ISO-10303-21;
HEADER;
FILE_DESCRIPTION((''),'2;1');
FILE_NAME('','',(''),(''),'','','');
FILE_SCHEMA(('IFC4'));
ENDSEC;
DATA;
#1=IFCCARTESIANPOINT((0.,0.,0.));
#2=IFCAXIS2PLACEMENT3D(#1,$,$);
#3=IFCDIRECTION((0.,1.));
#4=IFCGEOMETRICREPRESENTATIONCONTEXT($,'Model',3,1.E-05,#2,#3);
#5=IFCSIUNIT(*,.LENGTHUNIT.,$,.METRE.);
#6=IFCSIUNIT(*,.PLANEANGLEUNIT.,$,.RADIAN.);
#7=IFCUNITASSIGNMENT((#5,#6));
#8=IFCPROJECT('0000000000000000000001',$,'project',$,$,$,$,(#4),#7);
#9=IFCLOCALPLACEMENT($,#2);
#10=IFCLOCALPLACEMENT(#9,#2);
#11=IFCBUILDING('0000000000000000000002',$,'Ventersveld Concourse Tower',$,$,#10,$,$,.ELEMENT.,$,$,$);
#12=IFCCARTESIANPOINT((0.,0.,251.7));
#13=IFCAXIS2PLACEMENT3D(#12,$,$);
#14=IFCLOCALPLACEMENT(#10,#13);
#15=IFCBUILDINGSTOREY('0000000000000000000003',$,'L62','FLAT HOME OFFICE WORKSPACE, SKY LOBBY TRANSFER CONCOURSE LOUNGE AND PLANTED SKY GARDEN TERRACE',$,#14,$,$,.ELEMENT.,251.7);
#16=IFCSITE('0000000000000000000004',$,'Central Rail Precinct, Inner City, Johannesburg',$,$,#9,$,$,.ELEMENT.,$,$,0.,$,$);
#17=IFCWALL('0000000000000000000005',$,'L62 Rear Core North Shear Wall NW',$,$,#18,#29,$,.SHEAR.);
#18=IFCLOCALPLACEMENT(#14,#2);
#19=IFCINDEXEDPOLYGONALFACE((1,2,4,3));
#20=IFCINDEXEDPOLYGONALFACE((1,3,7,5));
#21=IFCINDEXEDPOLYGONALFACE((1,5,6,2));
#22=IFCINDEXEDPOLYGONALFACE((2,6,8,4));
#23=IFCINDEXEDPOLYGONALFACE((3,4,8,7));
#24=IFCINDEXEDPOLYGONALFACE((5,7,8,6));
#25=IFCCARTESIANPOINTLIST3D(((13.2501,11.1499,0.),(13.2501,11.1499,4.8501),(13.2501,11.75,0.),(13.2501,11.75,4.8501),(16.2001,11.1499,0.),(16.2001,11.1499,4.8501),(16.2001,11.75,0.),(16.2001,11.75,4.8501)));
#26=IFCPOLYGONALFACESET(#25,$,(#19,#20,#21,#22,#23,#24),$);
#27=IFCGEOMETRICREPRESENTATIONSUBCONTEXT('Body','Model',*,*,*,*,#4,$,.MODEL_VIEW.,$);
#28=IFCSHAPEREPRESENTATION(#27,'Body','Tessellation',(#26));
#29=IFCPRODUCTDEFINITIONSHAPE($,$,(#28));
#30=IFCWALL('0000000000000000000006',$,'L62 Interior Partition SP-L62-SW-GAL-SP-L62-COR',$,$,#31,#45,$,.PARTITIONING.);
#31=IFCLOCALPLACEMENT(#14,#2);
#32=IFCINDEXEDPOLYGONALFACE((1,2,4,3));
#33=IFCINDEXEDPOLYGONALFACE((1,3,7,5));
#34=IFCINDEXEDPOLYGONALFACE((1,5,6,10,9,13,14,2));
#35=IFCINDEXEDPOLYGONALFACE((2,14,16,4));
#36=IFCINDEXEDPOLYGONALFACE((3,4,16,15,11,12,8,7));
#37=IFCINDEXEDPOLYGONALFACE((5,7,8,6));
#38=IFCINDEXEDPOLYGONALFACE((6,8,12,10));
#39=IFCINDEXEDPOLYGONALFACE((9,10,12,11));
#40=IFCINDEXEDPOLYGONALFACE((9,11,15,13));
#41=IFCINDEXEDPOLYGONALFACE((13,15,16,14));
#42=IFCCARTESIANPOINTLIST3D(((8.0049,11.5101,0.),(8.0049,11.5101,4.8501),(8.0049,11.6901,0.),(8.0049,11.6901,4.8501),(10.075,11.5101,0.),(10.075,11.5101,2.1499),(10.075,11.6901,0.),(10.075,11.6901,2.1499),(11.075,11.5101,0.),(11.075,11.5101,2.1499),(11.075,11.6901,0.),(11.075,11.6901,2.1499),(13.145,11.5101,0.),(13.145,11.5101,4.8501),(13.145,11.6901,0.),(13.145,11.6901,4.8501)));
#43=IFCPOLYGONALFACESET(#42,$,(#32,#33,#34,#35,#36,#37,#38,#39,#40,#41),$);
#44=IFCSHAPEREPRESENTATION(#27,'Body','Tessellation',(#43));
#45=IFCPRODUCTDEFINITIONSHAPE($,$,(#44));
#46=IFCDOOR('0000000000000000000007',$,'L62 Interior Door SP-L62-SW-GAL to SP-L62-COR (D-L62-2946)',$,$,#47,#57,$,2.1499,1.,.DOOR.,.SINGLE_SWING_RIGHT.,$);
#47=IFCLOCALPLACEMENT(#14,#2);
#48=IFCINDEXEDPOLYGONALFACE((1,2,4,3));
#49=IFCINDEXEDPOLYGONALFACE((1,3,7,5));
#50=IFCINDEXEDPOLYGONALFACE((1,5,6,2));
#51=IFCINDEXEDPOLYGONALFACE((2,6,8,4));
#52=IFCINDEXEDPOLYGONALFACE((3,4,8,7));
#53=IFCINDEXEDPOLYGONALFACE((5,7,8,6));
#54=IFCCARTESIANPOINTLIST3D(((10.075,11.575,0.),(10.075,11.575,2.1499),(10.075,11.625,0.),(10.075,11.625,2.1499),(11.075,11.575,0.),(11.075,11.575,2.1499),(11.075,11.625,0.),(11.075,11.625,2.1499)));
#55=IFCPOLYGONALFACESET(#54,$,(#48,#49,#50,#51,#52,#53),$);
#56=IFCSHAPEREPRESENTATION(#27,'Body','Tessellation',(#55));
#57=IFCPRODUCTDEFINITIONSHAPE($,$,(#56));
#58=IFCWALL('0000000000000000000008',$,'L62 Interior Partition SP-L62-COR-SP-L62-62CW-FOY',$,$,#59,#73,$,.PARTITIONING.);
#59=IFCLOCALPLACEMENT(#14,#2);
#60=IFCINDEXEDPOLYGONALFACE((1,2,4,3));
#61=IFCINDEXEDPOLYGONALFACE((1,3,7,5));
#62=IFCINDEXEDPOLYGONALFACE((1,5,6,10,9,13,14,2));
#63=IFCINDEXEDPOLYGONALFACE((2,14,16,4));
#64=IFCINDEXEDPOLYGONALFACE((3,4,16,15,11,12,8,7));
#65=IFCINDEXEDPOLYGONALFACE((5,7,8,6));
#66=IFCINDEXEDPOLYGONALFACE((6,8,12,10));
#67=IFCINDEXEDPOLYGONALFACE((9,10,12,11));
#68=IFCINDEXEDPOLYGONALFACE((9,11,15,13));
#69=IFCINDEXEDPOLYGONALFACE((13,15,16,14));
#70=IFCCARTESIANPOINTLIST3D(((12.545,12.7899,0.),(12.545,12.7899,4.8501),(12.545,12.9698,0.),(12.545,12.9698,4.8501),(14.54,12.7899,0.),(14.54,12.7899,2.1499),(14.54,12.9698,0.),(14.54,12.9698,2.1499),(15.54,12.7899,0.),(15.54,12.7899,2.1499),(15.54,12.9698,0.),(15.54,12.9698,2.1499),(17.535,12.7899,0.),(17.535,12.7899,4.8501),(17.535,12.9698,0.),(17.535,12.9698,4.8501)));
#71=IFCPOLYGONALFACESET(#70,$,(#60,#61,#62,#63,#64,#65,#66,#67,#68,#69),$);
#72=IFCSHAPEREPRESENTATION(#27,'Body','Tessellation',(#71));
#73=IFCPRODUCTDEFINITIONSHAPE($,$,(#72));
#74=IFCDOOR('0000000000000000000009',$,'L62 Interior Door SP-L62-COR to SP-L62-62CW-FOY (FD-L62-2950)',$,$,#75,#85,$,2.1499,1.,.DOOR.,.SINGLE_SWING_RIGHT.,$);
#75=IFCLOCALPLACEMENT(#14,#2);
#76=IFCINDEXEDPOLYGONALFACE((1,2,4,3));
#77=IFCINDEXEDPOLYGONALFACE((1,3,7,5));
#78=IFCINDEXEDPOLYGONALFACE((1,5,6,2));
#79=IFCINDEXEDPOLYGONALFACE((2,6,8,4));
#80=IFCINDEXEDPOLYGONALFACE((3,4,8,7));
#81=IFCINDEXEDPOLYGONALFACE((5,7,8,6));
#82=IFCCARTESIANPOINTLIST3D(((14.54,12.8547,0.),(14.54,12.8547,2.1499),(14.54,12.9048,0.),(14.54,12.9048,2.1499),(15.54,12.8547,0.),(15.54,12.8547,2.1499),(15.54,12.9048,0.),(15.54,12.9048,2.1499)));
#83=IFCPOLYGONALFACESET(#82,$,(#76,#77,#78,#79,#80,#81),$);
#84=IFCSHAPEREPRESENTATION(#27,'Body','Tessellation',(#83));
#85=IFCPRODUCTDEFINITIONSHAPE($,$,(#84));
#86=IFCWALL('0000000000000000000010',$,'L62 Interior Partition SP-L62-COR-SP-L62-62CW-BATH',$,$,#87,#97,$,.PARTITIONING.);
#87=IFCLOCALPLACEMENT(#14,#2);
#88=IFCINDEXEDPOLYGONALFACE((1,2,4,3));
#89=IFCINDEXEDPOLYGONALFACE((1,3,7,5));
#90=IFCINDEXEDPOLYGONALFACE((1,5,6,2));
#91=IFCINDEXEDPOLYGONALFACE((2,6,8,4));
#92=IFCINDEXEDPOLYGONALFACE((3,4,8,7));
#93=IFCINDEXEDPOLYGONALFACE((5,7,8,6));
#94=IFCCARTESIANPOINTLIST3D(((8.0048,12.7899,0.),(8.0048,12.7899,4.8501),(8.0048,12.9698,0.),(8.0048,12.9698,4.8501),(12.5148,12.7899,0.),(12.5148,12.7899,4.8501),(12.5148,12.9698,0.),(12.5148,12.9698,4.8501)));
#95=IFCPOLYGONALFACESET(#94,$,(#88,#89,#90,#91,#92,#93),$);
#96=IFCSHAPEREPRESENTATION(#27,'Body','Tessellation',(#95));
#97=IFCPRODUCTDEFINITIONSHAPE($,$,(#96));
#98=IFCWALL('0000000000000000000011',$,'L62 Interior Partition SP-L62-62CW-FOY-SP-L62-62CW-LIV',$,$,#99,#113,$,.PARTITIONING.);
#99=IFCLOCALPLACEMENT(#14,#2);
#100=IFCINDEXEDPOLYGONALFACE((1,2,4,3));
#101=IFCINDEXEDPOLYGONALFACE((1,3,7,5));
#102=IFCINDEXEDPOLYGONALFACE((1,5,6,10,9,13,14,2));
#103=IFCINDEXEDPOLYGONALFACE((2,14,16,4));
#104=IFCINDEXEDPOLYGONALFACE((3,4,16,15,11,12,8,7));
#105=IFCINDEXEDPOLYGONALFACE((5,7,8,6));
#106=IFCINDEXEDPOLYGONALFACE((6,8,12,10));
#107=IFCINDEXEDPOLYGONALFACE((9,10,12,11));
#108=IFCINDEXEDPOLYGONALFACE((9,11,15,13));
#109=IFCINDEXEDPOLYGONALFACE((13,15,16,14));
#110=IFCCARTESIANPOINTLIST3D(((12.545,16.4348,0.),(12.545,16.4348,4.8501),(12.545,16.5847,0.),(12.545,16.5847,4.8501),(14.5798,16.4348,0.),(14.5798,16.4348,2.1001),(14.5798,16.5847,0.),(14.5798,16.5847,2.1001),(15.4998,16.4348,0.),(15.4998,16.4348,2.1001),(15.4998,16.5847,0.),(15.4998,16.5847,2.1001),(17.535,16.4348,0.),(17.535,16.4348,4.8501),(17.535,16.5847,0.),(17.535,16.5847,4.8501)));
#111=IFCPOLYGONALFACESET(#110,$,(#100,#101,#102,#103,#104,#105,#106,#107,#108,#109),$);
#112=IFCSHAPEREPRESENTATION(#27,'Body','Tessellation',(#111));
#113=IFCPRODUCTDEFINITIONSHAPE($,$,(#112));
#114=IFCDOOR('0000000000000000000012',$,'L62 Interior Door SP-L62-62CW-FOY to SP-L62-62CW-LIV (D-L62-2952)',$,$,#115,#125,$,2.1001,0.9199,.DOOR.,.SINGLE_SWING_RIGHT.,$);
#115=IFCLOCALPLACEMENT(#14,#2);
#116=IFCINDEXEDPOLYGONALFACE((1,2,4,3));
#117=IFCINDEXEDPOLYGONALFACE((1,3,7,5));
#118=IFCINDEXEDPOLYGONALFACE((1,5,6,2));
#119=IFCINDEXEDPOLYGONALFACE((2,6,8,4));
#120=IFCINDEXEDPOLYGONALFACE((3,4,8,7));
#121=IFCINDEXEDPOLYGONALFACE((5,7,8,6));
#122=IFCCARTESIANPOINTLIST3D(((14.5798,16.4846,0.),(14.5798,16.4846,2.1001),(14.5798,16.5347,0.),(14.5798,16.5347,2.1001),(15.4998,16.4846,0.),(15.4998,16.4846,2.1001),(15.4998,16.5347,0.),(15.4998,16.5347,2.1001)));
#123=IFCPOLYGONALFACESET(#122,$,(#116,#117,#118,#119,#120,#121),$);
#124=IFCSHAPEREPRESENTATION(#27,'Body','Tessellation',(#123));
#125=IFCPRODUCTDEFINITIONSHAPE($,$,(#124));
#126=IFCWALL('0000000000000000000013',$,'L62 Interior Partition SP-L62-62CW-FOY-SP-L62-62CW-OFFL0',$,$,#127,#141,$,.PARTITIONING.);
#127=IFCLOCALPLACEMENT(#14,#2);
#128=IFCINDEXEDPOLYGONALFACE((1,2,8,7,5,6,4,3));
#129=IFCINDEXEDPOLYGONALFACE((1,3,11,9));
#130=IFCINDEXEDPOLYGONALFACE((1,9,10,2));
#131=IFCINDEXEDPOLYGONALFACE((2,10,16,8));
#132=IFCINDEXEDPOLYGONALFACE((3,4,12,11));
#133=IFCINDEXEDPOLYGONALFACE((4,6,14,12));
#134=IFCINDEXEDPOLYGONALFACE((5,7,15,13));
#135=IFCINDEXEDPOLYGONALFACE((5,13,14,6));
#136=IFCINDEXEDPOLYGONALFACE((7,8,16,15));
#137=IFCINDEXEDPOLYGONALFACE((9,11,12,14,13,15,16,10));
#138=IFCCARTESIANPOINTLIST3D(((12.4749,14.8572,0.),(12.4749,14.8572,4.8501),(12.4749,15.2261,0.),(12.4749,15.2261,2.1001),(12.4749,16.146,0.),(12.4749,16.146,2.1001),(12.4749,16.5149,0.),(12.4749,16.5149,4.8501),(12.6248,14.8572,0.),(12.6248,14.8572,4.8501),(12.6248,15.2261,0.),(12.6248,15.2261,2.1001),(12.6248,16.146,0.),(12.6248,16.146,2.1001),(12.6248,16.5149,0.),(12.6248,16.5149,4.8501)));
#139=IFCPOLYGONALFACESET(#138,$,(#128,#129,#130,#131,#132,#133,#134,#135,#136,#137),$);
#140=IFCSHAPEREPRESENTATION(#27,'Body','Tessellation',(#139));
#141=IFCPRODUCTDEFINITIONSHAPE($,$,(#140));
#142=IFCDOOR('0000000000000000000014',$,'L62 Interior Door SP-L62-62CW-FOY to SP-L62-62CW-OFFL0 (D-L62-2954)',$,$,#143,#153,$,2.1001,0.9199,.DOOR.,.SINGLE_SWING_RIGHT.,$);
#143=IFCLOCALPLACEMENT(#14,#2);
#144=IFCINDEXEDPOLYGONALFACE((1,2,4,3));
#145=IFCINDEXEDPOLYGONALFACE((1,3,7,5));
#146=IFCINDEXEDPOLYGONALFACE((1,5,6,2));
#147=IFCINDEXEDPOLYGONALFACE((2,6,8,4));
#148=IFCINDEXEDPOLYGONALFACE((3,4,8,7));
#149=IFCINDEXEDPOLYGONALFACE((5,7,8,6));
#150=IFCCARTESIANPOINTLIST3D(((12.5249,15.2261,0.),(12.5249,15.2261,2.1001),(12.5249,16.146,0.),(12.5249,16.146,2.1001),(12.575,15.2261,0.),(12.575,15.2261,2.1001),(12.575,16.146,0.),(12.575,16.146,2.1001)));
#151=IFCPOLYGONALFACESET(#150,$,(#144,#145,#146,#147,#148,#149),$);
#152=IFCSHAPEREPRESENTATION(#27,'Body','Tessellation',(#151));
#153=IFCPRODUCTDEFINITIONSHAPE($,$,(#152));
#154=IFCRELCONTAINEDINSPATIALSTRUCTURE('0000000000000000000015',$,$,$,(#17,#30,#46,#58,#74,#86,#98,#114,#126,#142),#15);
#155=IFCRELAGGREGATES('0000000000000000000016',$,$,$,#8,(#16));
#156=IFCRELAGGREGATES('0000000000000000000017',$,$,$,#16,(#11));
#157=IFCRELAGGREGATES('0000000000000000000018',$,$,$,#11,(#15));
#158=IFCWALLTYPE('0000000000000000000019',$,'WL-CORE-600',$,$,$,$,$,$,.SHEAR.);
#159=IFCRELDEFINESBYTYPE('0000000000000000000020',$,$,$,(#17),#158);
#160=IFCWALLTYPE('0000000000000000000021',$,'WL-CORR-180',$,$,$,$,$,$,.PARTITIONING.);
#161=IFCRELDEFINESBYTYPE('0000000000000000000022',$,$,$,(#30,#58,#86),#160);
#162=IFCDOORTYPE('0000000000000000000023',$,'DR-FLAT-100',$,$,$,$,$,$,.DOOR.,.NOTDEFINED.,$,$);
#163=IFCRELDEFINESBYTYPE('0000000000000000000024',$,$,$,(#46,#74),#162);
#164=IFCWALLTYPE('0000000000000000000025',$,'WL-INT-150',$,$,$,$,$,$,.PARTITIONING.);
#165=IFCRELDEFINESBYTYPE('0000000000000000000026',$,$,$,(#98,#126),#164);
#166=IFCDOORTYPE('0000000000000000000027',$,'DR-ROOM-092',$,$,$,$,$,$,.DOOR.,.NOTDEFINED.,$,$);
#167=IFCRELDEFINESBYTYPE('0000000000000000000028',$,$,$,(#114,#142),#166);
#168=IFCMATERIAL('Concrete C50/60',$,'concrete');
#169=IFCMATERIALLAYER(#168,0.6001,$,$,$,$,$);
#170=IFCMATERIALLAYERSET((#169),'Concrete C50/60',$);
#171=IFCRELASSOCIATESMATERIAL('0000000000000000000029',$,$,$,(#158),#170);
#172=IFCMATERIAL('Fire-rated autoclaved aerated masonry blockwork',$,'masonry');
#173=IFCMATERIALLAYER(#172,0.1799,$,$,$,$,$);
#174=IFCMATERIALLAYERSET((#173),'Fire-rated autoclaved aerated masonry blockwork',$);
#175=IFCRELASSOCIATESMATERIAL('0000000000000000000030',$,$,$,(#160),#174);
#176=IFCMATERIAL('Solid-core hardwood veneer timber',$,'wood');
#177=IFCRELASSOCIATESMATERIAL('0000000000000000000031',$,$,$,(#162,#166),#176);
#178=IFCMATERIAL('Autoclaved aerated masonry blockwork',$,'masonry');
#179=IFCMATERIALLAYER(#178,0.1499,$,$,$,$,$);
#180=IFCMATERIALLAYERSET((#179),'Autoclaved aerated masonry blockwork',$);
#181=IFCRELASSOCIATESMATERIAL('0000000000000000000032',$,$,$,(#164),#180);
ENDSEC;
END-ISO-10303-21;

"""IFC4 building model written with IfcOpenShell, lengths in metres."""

from ifc_helpers import new_model, si_unit, direction, frame, frame_2d, origin, place, context, subcontext, project, spatial, rectangle, extrude, material, layer, layer_set, type_object, element, fill, save


model = new_model("IFC4")

# Units and contexts
model_context = context("Model", 3, precision=1e-05, world=origin(), true_north=direction((0.0, 1.0)))
body_context = subcontext(model_context, "Body", "Model", "MODEL_VIEW")
ifc_project = project(units=[si_unit("LENGTHUNIT", "METRE"), si_unit("PLANEANGLEUNIT", "RADIAN")], contexts=[model_context])

# Site, building, storey
site_placement = place(None, origin())
site = spatial("IfcSite", under=ifc_project, at=site_placement, Name="Central Rail Precinct, Inner City, Johannesburg", CompositionType="ELEMENT", RefElevation=0.0)
building_placement = place(site_placement, origin())
building = spatial("IfcBuilding", under=site, at=building_placement, Name="Ventersveld Concourse Tower", CompositionType="ELEMENT")
storey_placement = place(building_placement, frame((0.0, 0.0, 251.7)))
storey = spatial("IfcBuildingStorey", under=building, at=storey_placement, Name="L62", Description="FLAT HOME OFFICE WORKSPACE, SKY LOBBY TRANSFER CONCOURSE LOUNGE AND PLANTED SKY GARDEN TERRACE", CompositionType="ELEMENT", Elevation=251.7)

# Shared definitions
ifc_material_1 = material(Name="Concrete C50/60", Category="concrete")

# Wall
ifc_layer_1 = layer(ifc_material_1, 0.6001)
ifc_layer_set_1 = layer_set([ifc_layer_1], Name="Concrete C50/60")
wall_type_1 = type_object("IfcWallType", Name="WL-CORE-600", PredefinedType="SHEAR", material=ifc_layer_set_1)
wall_1_placement = place(storey_placement, frame((13.25, 11.45, 0.0), z_axis=(0.0, 0.0, 1.0), x_axis=(1.0, 0.0, 0.0)))
element("IfcWall", 1, at=wall_1_placement, inside=storey, type_object=wall_type_1, Name="L62 Rear Core North Shear Wall NW", PredefinedType="SHEAR", context=body_context, shape_type="SweptSolid", body=[
    extrude(rectangle(XDim=2.95, YDim=0.6001, at=frame_2d((1.4751, 0.0))), origin(), (0.0, 0.0, 1.0), 4.8501),
])

# Walls, openings, doors
ifc_material_2 = material(Name="Fire-rated autoclaved aerated masonry blockwork", Category="masonry")
ifc_layer_2 = layer(ifc_material_2, 0.1799)
ifc_layer_set_2 = layer_set([ifc_layer_2], Name="Fire-rated autoclaved aerated masonry blockwork")
wall_type_2 = type_object("IfcWallType", Name="WL-CORR-180", PredefinedType="PARTITIONING", material=ifc_layer_set_2)
wall_2_placement = place(storey_placement, frame((8.0049, 11.6001, 0.0), z_axis=(0.0, 0.0, 1.0), x_axis=(1.0, 0.0, 0.0)))
wall_2 = element("IfcWall", 2, at=wall_2_placement, inside=storey, type_object=wall_type_2, Name="L62 Interior Partition SP-L62-SW-GAL-SP-L62-COR", PredefinedType="PARTITIONING", context=body_context, shape_type="SweptSolid", body=[
    extrude(rectangle(XDim=5.1401, YDim=0.1799, at=frame_2d((2.5701, 0.0))), origin(), (0.0, 0.0, 1.0), 4.8501),
])
opening_1_placement = place(wall_2_placement, frame((2.0701, 0.0, 0.0)))
opening_1 = element("IfcOpeningElement", 3, at=opening_1_placement, cuts=wall_2, PredefinedType="OPENING", context=body_context, shape_type="SweptSolid", body=[
    extrude(rectangle(XDim=1.0, YDim=2.1499, at=frame_2d((0.5, 1.075))), frame((0.0, 0.1001, 0.0), z_axis=(0.0, -1.0, 0.0), x_axis=(1.0, 0.0, 0.0)), (0.0, 0.0, 1.0), 0.2),
])
ifc_material_3 = material(Name="Solid-core hardwood veneer timber", Category="wood")
door_type_1 = type_object("IfcDoorType", Name="DR-FLAT-100", OperationType="NOTDEFINED", PredefinedType="DOOR", material=ifc_material_3)
door_1_placement = place(opening_1_placement, origin())
door_1 = element("IfcDoor", 4, at=door_1_placement, inside=storey, type_object=door_type_1, Name="L62 Interior Door SP-L62-SW-GAL to SP-L62-COR (D-L62-2946)", OperationType="SINGLE_SWING_RIGHT", OverallHeight=2.1499, OverallWidth=1.0, PredefinedType="DOOR", context=body_context, shape_type="SweptSolid", body=[
    extrude(rectangle(XDim=1.0, YDim=2.1499, at=frame_2d((0.5, 1.075))), frame((0.0, 0.0249, 0.0), z_axis=(0.0, -1.0, 0.0), x_axis=(1.0, 0.0, 0.0)), (0.0, 0.0, 1.0), 0.05),
])
fill(opening_1, door_1)
wall_3_placement = place(storey_placement, frame((12.5449, 12.8799, 0.0), z_axis=(0.0, 0.0, 1.0), x_axis=(1.0, 0.0, 0.0)))
wall_3 = element("IfcWall", 5, at=wall_3_placement, inside=storey, type_object=wall_type_2, Name="L62 Interior Partition SP-L62-COR-SP-L62-62CW-FOY", PredefinedType="PARTITIONING", context=body_context, shape_type="SweptSolid", body=[
    extrude(rectangle(XDim=4.99, YDim=0.1799, at=frame_2d((2.4951, 0.0))), origin(), (0.0, 0.0, 1.0), 4.8501),
])
opening_2_placement = place(wall_3_placement, frame((1.9951, 0.0, 0.0)))
opening_2 = element("IfcOpeningElement", 6, at=opening_2_placement, cuts=wall_3, PredefinedType="OPENING", context=body_context, shape_type="SweptSolid", body=[
    extrude(rectangle(XDim=1.0, YDim=2.1499, at=frame_2d((0.5, 1.075))), frame((0.0, 0.1001, 0.0), z_axis=(0.0, -1.0, 0.0), x_axis=(1.0, 0.0, 0.0)), (0.0, 0.0, 1.0), 0.2),
])
door_2_placement = place(opening_2_placement, origin())
door_2 = element("IfcDoor", 7, at=door_2_placement, inside=storey, type_object=door_type_1, Name="L62 Interior Door SP-L62-COR to SP-L62-62CW-FOY (FD-L62-2950)", OperationType="SINGLE_SWING_RIGHT", OverallHeight=2.1499, OverallWidth=1.0, PredefinedType="DOOR", context=body_context, shape_type="SweptSolid", body=[
    extrude(rectangle(XDim=1.0, YDim=2.1499, at=frame_2d((0.5, 1.075))), frame((0.0, 0.0249, 0.0), z_axis=(0.0, -1.0, 0.0), x_axis=(1.0, 0.0, 0.0)), (0.0, 0.0, 1.0), 0.05),
])
fill(opening_2, door_2)

# Wall
wall_4_placement = place(storey_placement, frame((8.0049, 12.8799, 0.0), z_axis=(0.0, 0.0, 1.0), x_axis=(1.0, 0.0, 0.0)))
element("IfcWall", 8, at=wall_4_placement, inside=storey, type_object=wall_type_2, Name="L62 Interior Partition SP-L62-COR-SP-L62-62CW-BATH", PredefinedType="PARTITIONING", context=body_context, shape_type="SweptSolid", body=[
    extrude(rectangle(XDim=4.51, YDim=0.1799, at=frame_2d((2.2549, 0.0))), origin(), (0.0, 0.0, 1.0), 4.8501),
])

# Walls, openings, doors
ifc_material_4 = material(Name="Autoclaved aerated masonry blockwork", Category="masonry")
ifc_layer_3 = layer(ifc_material_4, 0.1499)
ifc_layer_set_3 = layer_set([ifc_layer_3], Name="Autoclaved aerated masonry blockwork")
wall_type_3 = type_object("IfcWallType", Name="WL-INT-150", PredefinedType="PARTITIONING", material=ifc_layer_set_3)
wall_5_placement = place(storey_placement, frame((12.5449, 16.5098, 0.0), z_axis=(0.0, 0.0, 1.0), x_axis=(1.0, 0.0, 0.0)))
wall_5 = element("IfcWall", 9, at=wall_5_placement, inside=storey, type_object=wall_type_3, Name="L62 Interior Partition SP-L62-62CW-FOY-SP-L62-62CW-LIV", PredefinedType="PARTITIONING", context=body_context, shape_type="SweptSolid", body=[
    extrude(rectangle(XDim=4.99, YDim=0.1499, at=frame_2d((2.4951, 0.0))), origin(), (0.0, 0.0, 1.0), 4.8501),
])
opening_3_placement = place(wall_5_placement, frame((2.0349, 0.0, 0.0)))
opening_3 = element("IfcOpeningElement", 10, at=opening_3_placement, cuts=wall_5, PredefinedType="OPENING", context=body_context, shape_type="SweptSolid", body=[
    extrude(rectangle(XDim=0.9199, YDim=2.1001, at=frame_2d((0.46, 1.05))), frame((0.0, 0.085, 0.0), z_axis=(0.0, -1.0, 0.0), x_axis=(1.0, 0.0, 0.0)), (0.0, 0.0, 1.0), 0.1699),
])
door_type_2 = type_object("IfcDoorType", Name="DR-ROOM-092", OperationType="NOTDEFINED", PredefinedType="DOOR", material=ifc_material_3)
door_3_placement = place(opening_3_placement, origin())
door_3 = element("IfcDoor", 11, at=door_3_placement, inside=storey, type_object=door_type_2, Name="L62 Interior Door SP-L62-62CW-FOY to SP-L62-62CW-LIV (D-L62-2952)", OperationType="SINGLE_SWING_RIGHT", OverallHeight=2.1001, OverallWidth=0.9199, PredefinedType="DOOR", context=body_context, shape_type="SweptSolid", body=[
    extrude(rectangle(XDim=0.9199, YDim=2.1001, at=frame_2d((0.46, 1.05))), frame((0.0, 0.0249, 0.0), z_axis=(0.0, -1.0, 0.0), x_axis=(1.0, 0.0, 0.0)), (0.0, 0.0, 1.0), 0.05),
])
fill(opening_3, door_3)
wall_6_placement = place(storey_placement, frame((12.5498, 14.8572, 0.0), z_axis=(0.0, 0.0, 1.0), x_axis=(0.0, 1.0, 0.0)))
wall_6 = element("IfcWall", 12, at=wall_6_placement, inside=storey, type_object=wall_type_3, Name="L62 Interior Partition SP-L62-62CW-FOY-SP-L62-62CW-OFFL0", PredefinedType="PARTITIONING", context=body_context, shape_type="SweptSolid", body=[
    extrude(rectangle(XDim=1.6577, YDim=0.1499, at=frame_2d((0.8289, 0.0))), origin(), (0.0, 0.0, 1.0), 4.8501),
])
opening_4_placement = place(wall_6_placement, frame((0.3689, 0.0, 0.0)))
opening_4 = element("IfcOpeningElement", 13, at=opening_4_placement, cuts=wall_6, PredefinedType="OPENING", context=body_context, shape_type="SweptSolid", body=[
    extrude(rectangle(XDim=0.9199, YDim=2.1001, at=frame_2d((0.46, 1.05))), frame((0.0, 0.085, 0.0), z_axis=(0.0, -1.0, 0.0), x_axis=(1.0, 0.0, 0.0)), (0.0, 0.0, 1.0), 0.1699),
])
door_4_placement = place(opening_4_placement, origin())
door_4 = element("IfcDoor", 14, at=door_4_placement, inside=storey, type_object=door_type_2, Name="L62 Interior Door SP-L62-62CW-FOY to SP-L62-62CW-OFFL0 (D-L62-2954)", OperationType="SINGLE_SWING_RIGHT", OverallHeight=2.1001, OverallWidth=0.9199, PredefinedType="DOOR", context=body_context, shape_type="SweptSolid", body=[
    extrude(rectangle(XDim=0.9199, YDim=2.1001, at=frame_2d((0.46, 1.05))), frame((0.0, 0.0249, 0.0), z_axis=(0.0, -1.0, 0.0), x_axis=(1.0, 0.0, 0.0)), (0.0, 0.0, 1.0), 0.05),
])
fill(opening_4, door_4)

save(model, "model.ifc")
